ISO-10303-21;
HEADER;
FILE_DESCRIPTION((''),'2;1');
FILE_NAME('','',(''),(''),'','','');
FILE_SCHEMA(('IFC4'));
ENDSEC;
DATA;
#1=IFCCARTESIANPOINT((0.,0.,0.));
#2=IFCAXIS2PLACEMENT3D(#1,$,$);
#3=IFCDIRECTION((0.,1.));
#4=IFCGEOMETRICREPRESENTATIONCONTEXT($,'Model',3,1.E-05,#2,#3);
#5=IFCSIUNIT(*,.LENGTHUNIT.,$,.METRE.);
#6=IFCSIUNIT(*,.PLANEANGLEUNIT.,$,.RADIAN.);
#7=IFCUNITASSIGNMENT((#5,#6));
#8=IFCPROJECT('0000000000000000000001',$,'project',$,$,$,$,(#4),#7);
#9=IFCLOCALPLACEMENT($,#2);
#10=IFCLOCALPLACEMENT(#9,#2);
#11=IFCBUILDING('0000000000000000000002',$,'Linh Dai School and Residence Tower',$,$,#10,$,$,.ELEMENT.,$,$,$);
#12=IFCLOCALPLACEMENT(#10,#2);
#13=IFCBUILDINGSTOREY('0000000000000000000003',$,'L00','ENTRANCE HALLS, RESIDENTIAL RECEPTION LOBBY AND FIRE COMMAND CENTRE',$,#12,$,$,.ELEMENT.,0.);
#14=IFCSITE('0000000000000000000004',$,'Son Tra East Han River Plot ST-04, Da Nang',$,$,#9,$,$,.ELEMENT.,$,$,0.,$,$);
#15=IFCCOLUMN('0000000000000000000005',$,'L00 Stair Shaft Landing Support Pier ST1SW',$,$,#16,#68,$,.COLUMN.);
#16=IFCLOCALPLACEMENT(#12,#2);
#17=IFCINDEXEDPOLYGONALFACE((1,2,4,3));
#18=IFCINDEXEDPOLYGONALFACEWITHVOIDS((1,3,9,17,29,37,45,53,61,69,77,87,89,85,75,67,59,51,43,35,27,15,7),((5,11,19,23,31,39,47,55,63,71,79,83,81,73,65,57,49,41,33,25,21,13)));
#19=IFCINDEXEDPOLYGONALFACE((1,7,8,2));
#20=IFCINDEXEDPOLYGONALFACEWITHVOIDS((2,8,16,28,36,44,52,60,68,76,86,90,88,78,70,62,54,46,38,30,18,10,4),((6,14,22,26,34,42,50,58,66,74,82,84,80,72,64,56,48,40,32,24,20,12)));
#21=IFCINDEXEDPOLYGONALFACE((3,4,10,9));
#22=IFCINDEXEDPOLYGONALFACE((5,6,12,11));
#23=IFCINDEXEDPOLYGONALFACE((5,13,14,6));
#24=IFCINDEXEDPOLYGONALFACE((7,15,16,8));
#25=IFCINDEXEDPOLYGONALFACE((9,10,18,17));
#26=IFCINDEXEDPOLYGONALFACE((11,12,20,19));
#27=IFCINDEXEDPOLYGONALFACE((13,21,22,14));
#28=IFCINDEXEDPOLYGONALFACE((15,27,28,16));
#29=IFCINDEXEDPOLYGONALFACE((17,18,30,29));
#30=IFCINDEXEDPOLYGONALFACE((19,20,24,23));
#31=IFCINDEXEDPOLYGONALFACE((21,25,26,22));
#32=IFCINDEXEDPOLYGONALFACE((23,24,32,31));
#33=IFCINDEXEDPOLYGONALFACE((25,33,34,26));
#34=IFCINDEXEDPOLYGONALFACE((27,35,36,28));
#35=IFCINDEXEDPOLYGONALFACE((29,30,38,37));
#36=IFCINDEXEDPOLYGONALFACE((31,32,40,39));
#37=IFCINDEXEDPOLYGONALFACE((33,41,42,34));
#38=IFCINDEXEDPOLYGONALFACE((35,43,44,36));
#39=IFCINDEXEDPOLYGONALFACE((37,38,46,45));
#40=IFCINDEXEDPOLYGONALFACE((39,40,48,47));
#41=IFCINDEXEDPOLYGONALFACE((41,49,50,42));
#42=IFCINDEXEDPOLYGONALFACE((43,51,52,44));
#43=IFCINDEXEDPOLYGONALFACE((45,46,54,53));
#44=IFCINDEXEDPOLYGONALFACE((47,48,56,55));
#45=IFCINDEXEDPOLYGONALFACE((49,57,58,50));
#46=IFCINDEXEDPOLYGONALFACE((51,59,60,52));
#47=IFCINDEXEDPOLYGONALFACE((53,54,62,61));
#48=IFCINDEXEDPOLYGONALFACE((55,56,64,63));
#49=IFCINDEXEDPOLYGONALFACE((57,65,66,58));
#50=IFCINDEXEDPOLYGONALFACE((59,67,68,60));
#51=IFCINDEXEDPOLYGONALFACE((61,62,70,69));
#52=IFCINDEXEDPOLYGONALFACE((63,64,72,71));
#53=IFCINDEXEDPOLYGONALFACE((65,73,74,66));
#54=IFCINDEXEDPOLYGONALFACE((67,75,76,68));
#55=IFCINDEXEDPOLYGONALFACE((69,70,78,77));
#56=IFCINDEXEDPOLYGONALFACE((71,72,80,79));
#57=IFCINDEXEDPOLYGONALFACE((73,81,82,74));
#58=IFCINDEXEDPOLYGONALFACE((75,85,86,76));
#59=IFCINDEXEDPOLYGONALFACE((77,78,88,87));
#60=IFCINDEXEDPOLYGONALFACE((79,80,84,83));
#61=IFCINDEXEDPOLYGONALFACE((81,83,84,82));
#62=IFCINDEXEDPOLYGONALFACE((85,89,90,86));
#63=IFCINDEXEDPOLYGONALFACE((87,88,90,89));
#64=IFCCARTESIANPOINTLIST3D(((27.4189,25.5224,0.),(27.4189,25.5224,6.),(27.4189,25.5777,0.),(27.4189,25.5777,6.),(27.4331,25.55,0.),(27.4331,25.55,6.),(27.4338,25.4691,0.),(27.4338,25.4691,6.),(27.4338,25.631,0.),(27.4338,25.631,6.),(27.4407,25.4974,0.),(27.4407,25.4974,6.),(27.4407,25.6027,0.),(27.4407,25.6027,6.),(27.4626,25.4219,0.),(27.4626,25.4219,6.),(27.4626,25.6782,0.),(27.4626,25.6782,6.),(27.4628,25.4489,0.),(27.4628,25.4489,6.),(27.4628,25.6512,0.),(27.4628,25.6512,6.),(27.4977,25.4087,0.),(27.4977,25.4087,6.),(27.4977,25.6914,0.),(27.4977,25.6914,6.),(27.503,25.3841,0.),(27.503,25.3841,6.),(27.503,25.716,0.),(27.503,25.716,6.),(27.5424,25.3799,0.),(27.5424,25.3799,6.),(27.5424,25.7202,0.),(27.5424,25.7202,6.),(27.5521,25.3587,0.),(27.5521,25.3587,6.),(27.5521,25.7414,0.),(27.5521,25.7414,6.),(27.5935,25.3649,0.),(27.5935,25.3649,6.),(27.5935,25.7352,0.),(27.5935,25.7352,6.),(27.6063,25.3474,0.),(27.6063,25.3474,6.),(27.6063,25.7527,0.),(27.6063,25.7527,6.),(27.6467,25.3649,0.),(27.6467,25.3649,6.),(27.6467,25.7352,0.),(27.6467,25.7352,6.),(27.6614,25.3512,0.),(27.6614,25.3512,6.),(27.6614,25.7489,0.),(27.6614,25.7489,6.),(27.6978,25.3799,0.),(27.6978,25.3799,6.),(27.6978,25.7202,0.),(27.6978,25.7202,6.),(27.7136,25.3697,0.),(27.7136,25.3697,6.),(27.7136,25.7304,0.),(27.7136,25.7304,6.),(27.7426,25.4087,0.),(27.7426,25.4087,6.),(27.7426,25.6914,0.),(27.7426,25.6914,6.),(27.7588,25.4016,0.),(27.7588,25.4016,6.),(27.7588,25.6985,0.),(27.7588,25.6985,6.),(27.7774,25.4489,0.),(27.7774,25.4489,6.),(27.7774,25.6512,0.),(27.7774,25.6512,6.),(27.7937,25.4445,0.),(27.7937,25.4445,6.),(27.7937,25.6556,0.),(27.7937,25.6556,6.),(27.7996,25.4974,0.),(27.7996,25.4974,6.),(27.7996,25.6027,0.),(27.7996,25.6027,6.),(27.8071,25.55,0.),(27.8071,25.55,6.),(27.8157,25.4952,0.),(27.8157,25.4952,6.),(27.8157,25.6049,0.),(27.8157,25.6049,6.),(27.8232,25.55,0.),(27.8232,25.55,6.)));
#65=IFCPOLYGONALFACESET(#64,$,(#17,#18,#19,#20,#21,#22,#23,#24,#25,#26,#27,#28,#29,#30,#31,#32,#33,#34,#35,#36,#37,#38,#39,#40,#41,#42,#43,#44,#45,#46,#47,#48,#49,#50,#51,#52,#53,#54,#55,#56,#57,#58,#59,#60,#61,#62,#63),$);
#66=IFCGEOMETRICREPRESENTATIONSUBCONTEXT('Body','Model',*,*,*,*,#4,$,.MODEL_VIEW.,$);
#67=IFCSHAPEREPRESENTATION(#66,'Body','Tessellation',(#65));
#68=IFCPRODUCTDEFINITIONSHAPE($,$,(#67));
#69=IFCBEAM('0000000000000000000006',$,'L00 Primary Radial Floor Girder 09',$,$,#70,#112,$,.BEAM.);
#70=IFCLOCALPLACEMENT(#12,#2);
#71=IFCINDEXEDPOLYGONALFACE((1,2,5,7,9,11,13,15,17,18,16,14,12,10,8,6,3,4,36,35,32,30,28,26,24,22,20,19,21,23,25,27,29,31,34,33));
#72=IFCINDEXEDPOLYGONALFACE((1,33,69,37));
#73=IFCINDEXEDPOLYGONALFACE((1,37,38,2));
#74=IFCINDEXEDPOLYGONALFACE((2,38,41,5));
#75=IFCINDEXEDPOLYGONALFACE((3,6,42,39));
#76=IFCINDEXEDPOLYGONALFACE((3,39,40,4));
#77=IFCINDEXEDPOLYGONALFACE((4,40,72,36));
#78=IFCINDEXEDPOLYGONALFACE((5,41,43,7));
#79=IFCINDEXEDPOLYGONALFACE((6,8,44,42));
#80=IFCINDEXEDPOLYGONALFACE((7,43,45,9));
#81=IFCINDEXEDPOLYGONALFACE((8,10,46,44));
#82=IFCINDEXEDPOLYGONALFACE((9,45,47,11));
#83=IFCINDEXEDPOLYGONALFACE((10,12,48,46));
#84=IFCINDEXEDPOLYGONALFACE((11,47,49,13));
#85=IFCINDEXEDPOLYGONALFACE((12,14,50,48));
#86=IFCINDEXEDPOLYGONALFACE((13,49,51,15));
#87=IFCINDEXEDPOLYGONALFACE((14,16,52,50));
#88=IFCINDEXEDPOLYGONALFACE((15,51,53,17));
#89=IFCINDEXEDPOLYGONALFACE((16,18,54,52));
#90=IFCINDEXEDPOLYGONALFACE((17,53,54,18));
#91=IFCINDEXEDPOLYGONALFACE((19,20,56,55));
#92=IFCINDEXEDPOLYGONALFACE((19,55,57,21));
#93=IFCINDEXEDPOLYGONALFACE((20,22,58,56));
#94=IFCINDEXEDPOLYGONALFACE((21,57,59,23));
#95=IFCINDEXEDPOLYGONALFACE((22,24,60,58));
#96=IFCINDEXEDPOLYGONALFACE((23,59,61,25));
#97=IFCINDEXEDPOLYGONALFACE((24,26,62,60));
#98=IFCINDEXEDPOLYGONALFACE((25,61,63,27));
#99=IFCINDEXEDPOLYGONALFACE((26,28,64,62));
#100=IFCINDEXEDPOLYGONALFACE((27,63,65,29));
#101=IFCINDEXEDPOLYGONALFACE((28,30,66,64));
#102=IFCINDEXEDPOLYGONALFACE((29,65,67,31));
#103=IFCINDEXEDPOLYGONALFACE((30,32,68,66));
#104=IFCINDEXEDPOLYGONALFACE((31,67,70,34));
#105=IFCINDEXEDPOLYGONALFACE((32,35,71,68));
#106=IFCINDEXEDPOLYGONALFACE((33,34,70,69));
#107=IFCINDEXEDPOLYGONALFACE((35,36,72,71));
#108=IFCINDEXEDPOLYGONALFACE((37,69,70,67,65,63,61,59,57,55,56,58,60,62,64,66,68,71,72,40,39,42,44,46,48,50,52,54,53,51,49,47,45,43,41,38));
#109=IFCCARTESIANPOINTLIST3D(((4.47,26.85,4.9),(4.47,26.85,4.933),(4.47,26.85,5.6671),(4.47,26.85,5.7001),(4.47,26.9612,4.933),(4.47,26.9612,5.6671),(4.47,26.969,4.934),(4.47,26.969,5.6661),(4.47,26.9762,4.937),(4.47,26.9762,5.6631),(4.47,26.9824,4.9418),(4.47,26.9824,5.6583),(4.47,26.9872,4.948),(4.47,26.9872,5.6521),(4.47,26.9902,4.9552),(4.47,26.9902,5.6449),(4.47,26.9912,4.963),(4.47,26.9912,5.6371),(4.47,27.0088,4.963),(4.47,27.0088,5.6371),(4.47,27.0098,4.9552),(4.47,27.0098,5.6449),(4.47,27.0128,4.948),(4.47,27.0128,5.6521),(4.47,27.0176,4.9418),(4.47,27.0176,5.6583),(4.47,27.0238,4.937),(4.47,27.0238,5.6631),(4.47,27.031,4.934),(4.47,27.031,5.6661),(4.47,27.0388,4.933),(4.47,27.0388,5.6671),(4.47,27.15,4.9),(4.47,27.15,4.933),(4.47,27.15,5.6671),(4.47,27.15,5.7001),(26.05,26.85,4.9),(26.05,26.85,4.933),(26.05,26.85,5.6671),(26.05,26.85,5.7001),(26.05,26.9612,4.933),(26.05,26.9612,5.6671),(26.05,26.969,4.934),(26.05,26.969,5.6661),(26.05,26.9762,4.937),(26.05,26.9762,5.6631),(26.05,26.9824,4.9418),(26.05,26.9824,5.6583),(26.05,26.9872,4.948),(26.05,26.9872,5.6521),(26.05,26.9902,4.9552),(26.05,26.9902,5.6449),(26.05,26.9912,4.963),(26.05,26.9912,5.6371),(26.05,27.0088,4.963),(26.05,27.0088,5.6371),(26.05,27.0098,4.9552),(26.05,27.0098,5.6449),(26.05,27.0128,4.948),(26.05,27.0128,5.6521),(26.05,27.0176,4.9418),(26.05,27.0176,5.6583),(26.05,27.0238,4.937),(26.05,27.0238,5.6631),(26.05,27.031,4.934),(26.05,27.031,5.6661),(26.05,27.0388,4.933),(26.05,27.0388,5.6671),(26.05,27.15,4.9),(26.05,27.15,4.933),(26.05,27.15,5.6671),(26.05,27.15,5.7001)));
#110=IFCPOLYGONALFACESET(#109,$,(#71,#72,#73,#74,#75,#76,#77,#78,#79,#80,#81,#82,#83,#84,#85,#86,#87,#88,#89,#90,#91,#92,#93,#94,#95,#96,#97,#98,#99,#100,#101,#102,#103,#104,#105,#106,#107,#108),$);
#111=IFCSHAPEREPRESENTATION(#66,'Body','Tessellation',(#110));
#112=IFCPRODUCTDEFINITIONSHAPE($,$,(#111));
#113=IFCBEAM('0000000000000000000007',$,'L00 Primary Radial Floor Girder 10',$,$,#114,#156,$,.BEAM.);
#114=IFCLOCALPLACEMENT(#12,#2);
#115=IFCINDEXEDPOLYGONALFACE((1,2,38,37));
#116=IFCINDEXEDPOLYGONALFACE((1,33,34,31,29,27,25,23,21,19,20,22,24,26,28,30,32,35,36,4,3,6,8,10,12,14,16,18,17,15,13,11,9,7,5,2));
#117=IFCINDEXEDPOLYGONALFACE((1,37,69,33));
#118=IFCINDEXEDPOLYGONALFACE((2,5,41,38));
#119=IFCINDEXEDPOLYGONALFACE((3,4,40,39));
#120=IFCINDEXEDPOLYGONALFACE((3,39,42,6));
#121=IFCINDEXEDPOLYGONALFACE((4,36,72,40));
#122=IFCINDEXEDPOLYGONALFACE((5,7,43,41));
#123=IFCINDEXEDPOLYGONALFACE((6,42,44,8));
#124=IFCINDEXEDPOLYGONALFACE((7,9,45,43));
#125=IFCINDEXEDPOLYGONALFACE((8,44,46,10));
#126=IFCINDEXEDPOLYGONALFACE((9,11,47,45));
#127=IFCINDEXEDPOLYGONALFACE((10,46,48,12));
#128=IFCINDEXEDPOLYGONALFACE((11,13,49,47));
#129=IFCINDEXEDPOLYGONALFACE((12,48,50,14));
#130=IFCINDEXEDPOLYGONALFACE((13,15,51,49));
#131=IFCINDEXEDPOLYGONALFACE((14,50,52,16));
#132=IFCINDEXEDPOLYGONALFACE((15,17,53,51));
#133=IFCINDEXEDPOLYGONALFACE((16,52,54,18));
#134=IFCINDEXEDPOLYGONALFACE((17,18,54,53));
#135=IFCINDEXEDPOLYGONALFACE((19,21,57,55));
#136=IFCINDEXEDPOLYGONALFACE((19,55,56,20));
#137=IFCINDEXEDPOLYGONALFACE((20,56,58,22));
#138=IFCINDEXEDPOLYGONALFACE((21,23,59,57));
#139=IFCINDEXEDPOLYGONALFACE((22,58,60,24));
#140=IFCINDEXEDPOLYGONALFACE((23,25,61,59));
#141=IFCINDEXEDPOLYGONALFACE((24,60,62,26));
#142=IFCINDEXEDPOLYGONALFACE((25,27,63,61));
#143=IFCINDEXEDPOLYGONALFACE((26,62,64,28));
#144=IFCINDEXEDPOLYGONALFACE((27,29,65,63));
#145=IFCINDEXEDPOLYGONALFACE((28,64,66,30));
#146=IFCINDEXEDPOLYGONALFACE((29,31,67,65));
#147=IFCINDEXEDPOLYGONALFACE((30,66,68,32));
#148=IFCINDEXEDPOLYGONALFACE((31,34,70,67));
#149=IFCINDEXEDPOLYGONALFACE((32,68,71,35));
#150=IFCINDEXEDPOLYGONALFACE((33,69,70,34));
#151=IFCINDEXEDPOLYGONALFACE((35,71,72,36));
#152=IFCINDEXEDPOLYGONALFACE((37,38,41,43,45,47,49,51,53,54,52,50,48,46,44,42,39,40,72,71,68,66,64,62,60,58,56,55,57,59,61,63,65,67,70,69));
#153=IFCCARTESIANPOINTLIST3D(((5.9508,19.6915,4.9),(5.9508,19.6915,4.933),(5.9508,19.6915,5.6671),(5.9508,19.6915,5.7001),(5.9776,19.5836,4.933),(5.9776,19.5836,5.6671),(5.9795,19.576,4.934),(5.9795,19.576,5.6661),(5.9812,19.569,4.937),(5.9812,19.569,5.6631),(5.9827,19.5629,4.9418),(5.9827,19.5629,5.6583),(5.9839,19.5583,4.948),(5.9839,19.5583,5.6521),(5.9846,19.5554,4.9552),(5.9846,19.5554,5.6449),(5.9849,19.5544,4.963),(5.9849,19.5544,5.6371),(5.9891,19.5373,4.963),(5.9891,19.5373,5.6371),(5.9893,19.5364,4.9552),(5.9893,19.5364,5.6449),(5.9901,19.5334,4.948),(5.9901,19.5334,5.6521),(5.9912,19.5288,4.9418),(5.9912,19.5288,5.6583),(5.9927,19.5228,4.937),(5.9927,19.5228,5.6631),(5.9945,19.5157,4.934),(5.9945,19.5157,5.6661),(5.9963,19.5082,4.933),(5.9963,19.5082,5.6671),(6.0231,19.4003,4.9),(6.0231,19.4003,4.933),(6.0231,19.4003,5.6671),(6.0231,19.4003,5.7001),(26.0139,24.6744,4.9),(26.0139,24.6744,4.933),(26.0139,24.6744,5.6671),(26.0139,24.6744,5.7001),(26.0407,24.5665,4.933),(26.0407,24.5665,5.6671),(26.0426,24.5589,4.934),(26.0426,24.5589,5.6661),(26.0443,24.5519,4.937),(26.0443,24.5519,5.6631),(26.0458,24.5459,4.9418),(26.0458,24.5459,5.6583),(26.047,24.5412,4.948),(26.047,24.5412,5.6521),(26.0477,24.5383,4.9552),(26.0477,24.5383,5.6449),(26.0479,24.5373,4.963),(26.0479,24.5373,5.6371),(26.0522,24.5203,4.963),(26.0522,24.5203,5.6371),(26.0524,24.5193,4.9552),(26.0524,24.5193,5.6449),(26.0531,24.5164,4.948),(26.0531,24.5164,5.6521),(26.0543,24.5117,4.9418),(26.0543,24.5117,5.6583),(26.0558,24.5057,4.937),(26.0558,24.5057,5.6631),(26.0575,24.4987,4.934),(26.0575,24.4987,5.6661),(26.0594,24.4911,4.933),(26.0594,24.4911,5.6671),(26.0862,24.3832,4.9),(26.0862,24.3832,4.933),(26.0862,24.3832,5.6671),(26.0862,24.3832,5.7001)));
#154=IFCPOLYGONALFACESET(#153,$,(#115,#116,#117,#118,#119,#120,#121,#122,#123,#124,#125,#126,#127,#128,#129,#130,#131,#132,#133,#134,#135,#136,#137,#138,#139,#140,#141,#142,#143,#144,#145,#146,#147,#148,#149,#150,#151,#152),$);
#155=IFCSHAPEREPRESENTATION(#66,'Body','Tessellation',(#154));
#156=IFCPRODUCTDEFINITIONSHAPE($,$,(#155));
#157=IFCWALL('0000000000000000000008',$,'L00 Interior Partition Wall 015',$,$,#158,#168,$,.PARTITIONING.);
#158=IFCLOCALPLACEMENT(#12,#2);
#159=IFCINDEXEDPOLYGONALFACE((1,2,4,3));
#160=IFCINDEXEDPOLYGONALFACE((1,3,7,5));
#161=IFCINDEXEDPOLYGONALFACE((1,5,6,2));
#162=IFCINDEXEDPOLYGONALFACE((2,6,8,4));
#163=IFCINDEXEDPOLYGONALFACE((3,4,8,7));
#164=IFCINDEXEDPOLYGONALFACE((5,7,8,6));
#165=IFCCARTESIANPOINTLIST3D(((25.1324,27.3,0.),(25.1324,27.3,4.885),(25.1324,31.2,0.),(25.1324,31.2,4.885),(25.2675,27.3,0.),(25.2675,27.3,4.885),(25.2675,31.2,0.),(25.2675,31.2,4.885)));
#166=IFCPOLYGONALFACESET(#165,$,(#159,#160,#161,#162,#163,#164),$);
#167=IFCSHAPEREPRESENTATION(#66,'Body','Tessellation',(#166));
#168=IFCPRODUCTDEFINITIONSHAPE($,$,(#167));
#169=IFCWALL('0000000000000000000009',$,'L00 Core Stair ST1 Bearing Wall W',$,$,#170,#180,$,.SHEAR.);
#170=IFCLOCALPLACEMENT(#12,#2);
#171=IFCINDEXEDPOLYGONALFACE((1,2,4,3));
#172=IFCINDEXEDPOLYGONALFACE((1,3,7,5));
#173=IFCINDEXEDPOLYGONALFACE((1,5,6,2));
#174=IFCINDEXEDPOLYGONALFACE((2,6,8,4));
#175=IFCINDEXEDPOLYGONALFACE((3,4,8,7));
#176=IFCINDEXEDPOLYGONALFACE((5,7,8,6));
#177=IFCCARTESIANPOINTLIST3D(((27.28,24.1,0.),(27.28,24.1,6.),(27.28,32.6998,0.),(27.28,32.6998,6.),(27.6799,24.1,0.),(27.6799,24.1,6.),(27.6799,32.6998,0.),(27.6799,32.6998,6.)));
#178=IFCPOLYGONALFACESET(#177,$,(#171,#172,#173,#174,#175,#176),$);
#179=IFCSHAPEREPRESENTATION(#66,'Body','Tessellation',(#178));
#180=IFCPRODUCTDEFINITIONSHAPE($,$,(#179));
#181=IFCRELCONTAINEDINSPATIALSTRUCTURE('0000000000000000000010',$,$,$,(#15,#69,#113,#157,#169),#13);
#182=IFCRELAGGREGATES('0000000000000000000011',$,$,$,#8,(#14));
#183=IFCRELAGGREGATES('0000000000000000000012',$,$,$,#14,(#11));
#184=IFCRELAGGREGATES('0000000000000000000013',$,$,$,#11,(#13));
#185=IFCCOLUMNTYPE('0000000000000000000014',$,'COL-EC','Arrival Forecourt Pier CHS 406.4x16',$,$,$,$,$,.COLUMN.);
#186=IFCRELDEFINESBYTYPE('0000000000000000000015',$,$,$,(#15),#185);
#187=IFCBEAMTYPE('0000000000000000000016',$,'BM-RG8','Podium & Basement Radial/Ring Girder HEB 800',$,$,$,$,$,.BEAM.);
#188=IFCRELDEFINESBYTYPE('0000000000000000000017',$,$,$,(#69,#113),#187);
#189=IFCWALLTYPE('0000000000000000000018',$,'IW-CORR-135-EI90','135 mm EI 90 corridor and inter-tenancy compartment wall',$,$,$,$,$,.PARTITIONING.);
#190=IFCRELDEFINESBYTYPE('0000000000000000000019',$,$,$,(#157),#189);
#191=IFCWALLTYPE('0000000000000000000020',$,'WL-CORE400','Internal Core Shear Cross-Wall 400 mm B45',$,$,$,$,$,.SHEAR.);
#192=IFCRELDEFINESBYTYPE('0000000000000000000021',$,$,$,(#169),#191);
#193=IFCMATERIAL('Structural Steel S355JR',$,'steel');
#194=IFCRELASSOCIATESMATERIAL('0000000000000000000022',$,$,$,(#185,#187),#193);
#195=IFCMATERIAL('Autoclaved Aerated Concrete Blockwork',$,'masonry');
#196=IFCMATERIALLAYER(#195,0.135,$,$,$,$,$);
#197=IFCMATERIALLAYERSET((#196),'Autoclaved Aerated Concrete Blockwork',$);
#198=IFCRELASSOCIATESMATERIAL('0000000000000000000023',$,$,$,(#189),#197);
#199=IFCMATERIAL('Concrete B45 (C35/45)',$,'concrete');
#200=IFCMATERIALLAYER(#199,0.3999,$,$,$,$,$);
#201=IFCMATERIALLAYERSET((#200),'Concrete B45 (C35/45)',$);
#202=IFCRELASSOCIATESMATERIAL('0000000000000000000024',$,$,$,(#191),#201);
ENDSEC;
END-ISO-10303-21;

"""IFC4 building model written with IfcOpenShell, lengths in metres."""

from ifc_helpers import new_model, si_unit, direction, frame, frame_2d, origin, origin_2d, place, context, subcontext, project, spatial, rectangle, hollow_circle, i_section, extrude, material, layer, layer_set, material_profile, profile_set, type_object, element, save


model = new_model("IFC4")

# Units and contexts
model_context = context("Model", 3, precision=1e-05, world=origin(), true_north=direction((0.0, 1.0)))
body_context = subcontext(model_context, "Body", "Model", "MODEL_VIEW")
ifc_project = project(units=[si_unit("LENGTHUNIT", "METRE"), si_unit("PLANEANGLEUNIT", "RADIAN")], contexts=[model_context])

# Site, building, storey
site_placement = place(None, origin())
site = spatial("IfcSite", under=ifc_project, at=site_placement, Name="Son Tra East Han River Plot ST-04, Da Nang", CompositionType="ELEMENT", RefElevation=0.0)
building_placement = place(site_placement, origin())
building = spatial("IfcBuilding", under=site, at=building_placement, Name="Linh Dai School and Residence Tower", CompositionType="ELEMENT")
storey_placement = place(building_placement, origin())
storey = spatial("IfcBuildingStorey", under=building, at=storey_placement, Name="L00", Description="ENTRANCE HALLS, RESIDENTIAL RECEPTION LOBBY AND FIRE COMMAND CENTRE", CompositionType="ELEMENT", Elevation=0.0)

# Column
ifc_material_1 = material(Name="Structural Steel S355JR", Category="steel")
ifc_material_profile_1 = material_profile(ifc_material_1, hollow_circle(Radius=0.2031, WallThickness=0.0161, at=origin_2d()), Name="CHS 406.4x16")
ifc_profile_set_1 = profile_set([ifc_material_profile_1], Name="Structural Steel S355JR")
column_type = type_object("IfcColumnType", Name="COL-EC", Description="Arrival Forecourt Pier CHS 406.4x16", PredefinedType="COLUMN", material=ifc_profile_set_1)
column_placement = place(storey_placement, frame((27.6201, 25.55, 0.0), z_axis=(0.0, 0.0, 1.0), x_axis=(1.0, 0.0, 0.0)))
element("IfcColumn", 1, at=column_placement, inside=storey, type_object=column_type, Name="L00 Stair Shaft Landing Support Pier ST1SW", PredefinedType="COLUMN", context=body_context, shape_type="SweptSolid", body=[
    extrude(hollow_circle(Radius=0.2031, WallThickness=0.0161, at=origin_2d()), origin(), (0.0, 0.0, 1.0), 6.0),
])

# Beams
ifc_material_profile_2 = material_profile(ifc_material_1, i_section(OverallWidth=0.3, OverallDepth=0.8, WebThickness=0.0176, FlangeThickness=0.033, FilletRadius=0.03, at=origin_2d()), Name="HEB 800")
ifc_profile_set_2 = profile_set([ifc_material_profile_2], Name="Structural Steel S355JR")
beam_type = type_object("IfcBeamType", Name="BM-RG8", Description="Podium & Basement Radial/Ring Girder HEB 800", PredefinedType="BEAM", material=ifc_profile_set_2)
beam_1_placement = place(storey_placement, frame((26.05, 27.0, 5.3), z_axis=(-1.0, 0.0, 0.0), x_axis=(0.0, -1.0, 0.0)))
element("IfcBeam", 2, at=beam_1_placement, inside=storey, type_object=beam_type, Name="L00 Primary Radial Floor Girder 09", PredefinedType="BEAM", context=body_context, shape_type="SweptSolid", body=[
    extrude(i_section(OverallWidth=0.3, OverallDepth=0.8, WebThickness=0.0176, FlangeThickness=0.033, FilletRadius=0.03, at=origin_2d()), origin(), (0.0, 0.0, 1.0), 21.5801),
])
beam_2_placement = place(storey_placement, frame((26.05, 24.5288, 5.3), z_axis=(-0.970515, -0.24104, 0.0), x_axis=(0.24104, -0.970515, 0.0)))
element("IfcBeam", 3, at=beam_2_placement, inside=storey, type_object=beam_type, Name="L00 Primary Radial Floor Girder 10", PredefinedType="BEAM", context=body_context, shape_type="SweptSolid", body=[
    extrude(i_section(OverallWidth=0.3, OverallDepth=0.8, WebThickness=0.0176, FlangeThickness=0.033, FilletRadius=0.03, at=origin_2d()), origin(), (0.0, 0.0, 1.0), 20.6726),
])

# Shared definitions
ifc_material_2 = material(Name="Autoclaved Aerated Concrete Blockwork", Category="masonry")
ifc_layer_1 = layer(ifc_material_2, 0.135)
ifc_layer_set_1 = layer_set([ifc_layer_1], Name="Autoclaved Aerated Concrete Blockwork")
wall_type_1 = type_object("IfcWallType", Name="IW-CORR-135-EI90", Description="135 mm EI 90 corridor and inter-tenancy compartment wall", PredefinedType="PARTITIONING", material=ifc_layer_set_1)

# Wall
wall_1_placement = place(storey_placement, frame((25.2, 27.3, 0.0), z_axis=(0.0, 0.0, 1.0), x_axis=(0.0, 1.0, 0.0)))
element("IfcWall", 4, at=wall_1_placement, inside=storey, type_object=wall_type_1, Name="L00 Interior Partition Wall 015", PredefinedType="PARTITIONING", context=body_context, shape_type="SweptSolid", body=[
    extrude(rectangle(XDim=3.8999, YDim=0.135, at=frame_2d((1.95, 0.0))), origin(), (0.0, 0.0, 1.0), 4.885),
])

# Shared definitions
ifc_material_3 = material(Name="Concrete B45 (C35/45)", Category="concrete")

# Wall
ifc_layer_2 = layer(ifc_material_3, 0.3999)
ifc_layer_set_2 = layer_set([ifc_layer_2], Name="Concrete B45 (C35/45)")
wall_type_2 = type_object("IfcWallType", Name="WL-CORE400", Description="Internal Core Shear Cross-Wall 400 mm B45", PredefinedType="SHEAR", material=ifc_layer_set_2)
wall_2_placement = place(storey_placement, frame((27.48, 24.1001, 0.0), z_axis=(0.0, 0.0, 1.0), x_axis=(0.0, 1.0, 0.0)))
element("IfcWall", 5, at=wall_2_placement, inside=storey, type_object=wall_type_2, Name="L00 Core Stair ST1 Bearing Wall W", PredefinedType="SHEAR", context=body_context, shape_type="SweptSolid", body=[
    extrude(rectangle(XDim=8.5999, YDim=0.3999, at=frame_2d((4.2998, 0.0))), origin(), (0.0, 0.0, 1.0), 6.0),
])

save(model, "model.ifc")
